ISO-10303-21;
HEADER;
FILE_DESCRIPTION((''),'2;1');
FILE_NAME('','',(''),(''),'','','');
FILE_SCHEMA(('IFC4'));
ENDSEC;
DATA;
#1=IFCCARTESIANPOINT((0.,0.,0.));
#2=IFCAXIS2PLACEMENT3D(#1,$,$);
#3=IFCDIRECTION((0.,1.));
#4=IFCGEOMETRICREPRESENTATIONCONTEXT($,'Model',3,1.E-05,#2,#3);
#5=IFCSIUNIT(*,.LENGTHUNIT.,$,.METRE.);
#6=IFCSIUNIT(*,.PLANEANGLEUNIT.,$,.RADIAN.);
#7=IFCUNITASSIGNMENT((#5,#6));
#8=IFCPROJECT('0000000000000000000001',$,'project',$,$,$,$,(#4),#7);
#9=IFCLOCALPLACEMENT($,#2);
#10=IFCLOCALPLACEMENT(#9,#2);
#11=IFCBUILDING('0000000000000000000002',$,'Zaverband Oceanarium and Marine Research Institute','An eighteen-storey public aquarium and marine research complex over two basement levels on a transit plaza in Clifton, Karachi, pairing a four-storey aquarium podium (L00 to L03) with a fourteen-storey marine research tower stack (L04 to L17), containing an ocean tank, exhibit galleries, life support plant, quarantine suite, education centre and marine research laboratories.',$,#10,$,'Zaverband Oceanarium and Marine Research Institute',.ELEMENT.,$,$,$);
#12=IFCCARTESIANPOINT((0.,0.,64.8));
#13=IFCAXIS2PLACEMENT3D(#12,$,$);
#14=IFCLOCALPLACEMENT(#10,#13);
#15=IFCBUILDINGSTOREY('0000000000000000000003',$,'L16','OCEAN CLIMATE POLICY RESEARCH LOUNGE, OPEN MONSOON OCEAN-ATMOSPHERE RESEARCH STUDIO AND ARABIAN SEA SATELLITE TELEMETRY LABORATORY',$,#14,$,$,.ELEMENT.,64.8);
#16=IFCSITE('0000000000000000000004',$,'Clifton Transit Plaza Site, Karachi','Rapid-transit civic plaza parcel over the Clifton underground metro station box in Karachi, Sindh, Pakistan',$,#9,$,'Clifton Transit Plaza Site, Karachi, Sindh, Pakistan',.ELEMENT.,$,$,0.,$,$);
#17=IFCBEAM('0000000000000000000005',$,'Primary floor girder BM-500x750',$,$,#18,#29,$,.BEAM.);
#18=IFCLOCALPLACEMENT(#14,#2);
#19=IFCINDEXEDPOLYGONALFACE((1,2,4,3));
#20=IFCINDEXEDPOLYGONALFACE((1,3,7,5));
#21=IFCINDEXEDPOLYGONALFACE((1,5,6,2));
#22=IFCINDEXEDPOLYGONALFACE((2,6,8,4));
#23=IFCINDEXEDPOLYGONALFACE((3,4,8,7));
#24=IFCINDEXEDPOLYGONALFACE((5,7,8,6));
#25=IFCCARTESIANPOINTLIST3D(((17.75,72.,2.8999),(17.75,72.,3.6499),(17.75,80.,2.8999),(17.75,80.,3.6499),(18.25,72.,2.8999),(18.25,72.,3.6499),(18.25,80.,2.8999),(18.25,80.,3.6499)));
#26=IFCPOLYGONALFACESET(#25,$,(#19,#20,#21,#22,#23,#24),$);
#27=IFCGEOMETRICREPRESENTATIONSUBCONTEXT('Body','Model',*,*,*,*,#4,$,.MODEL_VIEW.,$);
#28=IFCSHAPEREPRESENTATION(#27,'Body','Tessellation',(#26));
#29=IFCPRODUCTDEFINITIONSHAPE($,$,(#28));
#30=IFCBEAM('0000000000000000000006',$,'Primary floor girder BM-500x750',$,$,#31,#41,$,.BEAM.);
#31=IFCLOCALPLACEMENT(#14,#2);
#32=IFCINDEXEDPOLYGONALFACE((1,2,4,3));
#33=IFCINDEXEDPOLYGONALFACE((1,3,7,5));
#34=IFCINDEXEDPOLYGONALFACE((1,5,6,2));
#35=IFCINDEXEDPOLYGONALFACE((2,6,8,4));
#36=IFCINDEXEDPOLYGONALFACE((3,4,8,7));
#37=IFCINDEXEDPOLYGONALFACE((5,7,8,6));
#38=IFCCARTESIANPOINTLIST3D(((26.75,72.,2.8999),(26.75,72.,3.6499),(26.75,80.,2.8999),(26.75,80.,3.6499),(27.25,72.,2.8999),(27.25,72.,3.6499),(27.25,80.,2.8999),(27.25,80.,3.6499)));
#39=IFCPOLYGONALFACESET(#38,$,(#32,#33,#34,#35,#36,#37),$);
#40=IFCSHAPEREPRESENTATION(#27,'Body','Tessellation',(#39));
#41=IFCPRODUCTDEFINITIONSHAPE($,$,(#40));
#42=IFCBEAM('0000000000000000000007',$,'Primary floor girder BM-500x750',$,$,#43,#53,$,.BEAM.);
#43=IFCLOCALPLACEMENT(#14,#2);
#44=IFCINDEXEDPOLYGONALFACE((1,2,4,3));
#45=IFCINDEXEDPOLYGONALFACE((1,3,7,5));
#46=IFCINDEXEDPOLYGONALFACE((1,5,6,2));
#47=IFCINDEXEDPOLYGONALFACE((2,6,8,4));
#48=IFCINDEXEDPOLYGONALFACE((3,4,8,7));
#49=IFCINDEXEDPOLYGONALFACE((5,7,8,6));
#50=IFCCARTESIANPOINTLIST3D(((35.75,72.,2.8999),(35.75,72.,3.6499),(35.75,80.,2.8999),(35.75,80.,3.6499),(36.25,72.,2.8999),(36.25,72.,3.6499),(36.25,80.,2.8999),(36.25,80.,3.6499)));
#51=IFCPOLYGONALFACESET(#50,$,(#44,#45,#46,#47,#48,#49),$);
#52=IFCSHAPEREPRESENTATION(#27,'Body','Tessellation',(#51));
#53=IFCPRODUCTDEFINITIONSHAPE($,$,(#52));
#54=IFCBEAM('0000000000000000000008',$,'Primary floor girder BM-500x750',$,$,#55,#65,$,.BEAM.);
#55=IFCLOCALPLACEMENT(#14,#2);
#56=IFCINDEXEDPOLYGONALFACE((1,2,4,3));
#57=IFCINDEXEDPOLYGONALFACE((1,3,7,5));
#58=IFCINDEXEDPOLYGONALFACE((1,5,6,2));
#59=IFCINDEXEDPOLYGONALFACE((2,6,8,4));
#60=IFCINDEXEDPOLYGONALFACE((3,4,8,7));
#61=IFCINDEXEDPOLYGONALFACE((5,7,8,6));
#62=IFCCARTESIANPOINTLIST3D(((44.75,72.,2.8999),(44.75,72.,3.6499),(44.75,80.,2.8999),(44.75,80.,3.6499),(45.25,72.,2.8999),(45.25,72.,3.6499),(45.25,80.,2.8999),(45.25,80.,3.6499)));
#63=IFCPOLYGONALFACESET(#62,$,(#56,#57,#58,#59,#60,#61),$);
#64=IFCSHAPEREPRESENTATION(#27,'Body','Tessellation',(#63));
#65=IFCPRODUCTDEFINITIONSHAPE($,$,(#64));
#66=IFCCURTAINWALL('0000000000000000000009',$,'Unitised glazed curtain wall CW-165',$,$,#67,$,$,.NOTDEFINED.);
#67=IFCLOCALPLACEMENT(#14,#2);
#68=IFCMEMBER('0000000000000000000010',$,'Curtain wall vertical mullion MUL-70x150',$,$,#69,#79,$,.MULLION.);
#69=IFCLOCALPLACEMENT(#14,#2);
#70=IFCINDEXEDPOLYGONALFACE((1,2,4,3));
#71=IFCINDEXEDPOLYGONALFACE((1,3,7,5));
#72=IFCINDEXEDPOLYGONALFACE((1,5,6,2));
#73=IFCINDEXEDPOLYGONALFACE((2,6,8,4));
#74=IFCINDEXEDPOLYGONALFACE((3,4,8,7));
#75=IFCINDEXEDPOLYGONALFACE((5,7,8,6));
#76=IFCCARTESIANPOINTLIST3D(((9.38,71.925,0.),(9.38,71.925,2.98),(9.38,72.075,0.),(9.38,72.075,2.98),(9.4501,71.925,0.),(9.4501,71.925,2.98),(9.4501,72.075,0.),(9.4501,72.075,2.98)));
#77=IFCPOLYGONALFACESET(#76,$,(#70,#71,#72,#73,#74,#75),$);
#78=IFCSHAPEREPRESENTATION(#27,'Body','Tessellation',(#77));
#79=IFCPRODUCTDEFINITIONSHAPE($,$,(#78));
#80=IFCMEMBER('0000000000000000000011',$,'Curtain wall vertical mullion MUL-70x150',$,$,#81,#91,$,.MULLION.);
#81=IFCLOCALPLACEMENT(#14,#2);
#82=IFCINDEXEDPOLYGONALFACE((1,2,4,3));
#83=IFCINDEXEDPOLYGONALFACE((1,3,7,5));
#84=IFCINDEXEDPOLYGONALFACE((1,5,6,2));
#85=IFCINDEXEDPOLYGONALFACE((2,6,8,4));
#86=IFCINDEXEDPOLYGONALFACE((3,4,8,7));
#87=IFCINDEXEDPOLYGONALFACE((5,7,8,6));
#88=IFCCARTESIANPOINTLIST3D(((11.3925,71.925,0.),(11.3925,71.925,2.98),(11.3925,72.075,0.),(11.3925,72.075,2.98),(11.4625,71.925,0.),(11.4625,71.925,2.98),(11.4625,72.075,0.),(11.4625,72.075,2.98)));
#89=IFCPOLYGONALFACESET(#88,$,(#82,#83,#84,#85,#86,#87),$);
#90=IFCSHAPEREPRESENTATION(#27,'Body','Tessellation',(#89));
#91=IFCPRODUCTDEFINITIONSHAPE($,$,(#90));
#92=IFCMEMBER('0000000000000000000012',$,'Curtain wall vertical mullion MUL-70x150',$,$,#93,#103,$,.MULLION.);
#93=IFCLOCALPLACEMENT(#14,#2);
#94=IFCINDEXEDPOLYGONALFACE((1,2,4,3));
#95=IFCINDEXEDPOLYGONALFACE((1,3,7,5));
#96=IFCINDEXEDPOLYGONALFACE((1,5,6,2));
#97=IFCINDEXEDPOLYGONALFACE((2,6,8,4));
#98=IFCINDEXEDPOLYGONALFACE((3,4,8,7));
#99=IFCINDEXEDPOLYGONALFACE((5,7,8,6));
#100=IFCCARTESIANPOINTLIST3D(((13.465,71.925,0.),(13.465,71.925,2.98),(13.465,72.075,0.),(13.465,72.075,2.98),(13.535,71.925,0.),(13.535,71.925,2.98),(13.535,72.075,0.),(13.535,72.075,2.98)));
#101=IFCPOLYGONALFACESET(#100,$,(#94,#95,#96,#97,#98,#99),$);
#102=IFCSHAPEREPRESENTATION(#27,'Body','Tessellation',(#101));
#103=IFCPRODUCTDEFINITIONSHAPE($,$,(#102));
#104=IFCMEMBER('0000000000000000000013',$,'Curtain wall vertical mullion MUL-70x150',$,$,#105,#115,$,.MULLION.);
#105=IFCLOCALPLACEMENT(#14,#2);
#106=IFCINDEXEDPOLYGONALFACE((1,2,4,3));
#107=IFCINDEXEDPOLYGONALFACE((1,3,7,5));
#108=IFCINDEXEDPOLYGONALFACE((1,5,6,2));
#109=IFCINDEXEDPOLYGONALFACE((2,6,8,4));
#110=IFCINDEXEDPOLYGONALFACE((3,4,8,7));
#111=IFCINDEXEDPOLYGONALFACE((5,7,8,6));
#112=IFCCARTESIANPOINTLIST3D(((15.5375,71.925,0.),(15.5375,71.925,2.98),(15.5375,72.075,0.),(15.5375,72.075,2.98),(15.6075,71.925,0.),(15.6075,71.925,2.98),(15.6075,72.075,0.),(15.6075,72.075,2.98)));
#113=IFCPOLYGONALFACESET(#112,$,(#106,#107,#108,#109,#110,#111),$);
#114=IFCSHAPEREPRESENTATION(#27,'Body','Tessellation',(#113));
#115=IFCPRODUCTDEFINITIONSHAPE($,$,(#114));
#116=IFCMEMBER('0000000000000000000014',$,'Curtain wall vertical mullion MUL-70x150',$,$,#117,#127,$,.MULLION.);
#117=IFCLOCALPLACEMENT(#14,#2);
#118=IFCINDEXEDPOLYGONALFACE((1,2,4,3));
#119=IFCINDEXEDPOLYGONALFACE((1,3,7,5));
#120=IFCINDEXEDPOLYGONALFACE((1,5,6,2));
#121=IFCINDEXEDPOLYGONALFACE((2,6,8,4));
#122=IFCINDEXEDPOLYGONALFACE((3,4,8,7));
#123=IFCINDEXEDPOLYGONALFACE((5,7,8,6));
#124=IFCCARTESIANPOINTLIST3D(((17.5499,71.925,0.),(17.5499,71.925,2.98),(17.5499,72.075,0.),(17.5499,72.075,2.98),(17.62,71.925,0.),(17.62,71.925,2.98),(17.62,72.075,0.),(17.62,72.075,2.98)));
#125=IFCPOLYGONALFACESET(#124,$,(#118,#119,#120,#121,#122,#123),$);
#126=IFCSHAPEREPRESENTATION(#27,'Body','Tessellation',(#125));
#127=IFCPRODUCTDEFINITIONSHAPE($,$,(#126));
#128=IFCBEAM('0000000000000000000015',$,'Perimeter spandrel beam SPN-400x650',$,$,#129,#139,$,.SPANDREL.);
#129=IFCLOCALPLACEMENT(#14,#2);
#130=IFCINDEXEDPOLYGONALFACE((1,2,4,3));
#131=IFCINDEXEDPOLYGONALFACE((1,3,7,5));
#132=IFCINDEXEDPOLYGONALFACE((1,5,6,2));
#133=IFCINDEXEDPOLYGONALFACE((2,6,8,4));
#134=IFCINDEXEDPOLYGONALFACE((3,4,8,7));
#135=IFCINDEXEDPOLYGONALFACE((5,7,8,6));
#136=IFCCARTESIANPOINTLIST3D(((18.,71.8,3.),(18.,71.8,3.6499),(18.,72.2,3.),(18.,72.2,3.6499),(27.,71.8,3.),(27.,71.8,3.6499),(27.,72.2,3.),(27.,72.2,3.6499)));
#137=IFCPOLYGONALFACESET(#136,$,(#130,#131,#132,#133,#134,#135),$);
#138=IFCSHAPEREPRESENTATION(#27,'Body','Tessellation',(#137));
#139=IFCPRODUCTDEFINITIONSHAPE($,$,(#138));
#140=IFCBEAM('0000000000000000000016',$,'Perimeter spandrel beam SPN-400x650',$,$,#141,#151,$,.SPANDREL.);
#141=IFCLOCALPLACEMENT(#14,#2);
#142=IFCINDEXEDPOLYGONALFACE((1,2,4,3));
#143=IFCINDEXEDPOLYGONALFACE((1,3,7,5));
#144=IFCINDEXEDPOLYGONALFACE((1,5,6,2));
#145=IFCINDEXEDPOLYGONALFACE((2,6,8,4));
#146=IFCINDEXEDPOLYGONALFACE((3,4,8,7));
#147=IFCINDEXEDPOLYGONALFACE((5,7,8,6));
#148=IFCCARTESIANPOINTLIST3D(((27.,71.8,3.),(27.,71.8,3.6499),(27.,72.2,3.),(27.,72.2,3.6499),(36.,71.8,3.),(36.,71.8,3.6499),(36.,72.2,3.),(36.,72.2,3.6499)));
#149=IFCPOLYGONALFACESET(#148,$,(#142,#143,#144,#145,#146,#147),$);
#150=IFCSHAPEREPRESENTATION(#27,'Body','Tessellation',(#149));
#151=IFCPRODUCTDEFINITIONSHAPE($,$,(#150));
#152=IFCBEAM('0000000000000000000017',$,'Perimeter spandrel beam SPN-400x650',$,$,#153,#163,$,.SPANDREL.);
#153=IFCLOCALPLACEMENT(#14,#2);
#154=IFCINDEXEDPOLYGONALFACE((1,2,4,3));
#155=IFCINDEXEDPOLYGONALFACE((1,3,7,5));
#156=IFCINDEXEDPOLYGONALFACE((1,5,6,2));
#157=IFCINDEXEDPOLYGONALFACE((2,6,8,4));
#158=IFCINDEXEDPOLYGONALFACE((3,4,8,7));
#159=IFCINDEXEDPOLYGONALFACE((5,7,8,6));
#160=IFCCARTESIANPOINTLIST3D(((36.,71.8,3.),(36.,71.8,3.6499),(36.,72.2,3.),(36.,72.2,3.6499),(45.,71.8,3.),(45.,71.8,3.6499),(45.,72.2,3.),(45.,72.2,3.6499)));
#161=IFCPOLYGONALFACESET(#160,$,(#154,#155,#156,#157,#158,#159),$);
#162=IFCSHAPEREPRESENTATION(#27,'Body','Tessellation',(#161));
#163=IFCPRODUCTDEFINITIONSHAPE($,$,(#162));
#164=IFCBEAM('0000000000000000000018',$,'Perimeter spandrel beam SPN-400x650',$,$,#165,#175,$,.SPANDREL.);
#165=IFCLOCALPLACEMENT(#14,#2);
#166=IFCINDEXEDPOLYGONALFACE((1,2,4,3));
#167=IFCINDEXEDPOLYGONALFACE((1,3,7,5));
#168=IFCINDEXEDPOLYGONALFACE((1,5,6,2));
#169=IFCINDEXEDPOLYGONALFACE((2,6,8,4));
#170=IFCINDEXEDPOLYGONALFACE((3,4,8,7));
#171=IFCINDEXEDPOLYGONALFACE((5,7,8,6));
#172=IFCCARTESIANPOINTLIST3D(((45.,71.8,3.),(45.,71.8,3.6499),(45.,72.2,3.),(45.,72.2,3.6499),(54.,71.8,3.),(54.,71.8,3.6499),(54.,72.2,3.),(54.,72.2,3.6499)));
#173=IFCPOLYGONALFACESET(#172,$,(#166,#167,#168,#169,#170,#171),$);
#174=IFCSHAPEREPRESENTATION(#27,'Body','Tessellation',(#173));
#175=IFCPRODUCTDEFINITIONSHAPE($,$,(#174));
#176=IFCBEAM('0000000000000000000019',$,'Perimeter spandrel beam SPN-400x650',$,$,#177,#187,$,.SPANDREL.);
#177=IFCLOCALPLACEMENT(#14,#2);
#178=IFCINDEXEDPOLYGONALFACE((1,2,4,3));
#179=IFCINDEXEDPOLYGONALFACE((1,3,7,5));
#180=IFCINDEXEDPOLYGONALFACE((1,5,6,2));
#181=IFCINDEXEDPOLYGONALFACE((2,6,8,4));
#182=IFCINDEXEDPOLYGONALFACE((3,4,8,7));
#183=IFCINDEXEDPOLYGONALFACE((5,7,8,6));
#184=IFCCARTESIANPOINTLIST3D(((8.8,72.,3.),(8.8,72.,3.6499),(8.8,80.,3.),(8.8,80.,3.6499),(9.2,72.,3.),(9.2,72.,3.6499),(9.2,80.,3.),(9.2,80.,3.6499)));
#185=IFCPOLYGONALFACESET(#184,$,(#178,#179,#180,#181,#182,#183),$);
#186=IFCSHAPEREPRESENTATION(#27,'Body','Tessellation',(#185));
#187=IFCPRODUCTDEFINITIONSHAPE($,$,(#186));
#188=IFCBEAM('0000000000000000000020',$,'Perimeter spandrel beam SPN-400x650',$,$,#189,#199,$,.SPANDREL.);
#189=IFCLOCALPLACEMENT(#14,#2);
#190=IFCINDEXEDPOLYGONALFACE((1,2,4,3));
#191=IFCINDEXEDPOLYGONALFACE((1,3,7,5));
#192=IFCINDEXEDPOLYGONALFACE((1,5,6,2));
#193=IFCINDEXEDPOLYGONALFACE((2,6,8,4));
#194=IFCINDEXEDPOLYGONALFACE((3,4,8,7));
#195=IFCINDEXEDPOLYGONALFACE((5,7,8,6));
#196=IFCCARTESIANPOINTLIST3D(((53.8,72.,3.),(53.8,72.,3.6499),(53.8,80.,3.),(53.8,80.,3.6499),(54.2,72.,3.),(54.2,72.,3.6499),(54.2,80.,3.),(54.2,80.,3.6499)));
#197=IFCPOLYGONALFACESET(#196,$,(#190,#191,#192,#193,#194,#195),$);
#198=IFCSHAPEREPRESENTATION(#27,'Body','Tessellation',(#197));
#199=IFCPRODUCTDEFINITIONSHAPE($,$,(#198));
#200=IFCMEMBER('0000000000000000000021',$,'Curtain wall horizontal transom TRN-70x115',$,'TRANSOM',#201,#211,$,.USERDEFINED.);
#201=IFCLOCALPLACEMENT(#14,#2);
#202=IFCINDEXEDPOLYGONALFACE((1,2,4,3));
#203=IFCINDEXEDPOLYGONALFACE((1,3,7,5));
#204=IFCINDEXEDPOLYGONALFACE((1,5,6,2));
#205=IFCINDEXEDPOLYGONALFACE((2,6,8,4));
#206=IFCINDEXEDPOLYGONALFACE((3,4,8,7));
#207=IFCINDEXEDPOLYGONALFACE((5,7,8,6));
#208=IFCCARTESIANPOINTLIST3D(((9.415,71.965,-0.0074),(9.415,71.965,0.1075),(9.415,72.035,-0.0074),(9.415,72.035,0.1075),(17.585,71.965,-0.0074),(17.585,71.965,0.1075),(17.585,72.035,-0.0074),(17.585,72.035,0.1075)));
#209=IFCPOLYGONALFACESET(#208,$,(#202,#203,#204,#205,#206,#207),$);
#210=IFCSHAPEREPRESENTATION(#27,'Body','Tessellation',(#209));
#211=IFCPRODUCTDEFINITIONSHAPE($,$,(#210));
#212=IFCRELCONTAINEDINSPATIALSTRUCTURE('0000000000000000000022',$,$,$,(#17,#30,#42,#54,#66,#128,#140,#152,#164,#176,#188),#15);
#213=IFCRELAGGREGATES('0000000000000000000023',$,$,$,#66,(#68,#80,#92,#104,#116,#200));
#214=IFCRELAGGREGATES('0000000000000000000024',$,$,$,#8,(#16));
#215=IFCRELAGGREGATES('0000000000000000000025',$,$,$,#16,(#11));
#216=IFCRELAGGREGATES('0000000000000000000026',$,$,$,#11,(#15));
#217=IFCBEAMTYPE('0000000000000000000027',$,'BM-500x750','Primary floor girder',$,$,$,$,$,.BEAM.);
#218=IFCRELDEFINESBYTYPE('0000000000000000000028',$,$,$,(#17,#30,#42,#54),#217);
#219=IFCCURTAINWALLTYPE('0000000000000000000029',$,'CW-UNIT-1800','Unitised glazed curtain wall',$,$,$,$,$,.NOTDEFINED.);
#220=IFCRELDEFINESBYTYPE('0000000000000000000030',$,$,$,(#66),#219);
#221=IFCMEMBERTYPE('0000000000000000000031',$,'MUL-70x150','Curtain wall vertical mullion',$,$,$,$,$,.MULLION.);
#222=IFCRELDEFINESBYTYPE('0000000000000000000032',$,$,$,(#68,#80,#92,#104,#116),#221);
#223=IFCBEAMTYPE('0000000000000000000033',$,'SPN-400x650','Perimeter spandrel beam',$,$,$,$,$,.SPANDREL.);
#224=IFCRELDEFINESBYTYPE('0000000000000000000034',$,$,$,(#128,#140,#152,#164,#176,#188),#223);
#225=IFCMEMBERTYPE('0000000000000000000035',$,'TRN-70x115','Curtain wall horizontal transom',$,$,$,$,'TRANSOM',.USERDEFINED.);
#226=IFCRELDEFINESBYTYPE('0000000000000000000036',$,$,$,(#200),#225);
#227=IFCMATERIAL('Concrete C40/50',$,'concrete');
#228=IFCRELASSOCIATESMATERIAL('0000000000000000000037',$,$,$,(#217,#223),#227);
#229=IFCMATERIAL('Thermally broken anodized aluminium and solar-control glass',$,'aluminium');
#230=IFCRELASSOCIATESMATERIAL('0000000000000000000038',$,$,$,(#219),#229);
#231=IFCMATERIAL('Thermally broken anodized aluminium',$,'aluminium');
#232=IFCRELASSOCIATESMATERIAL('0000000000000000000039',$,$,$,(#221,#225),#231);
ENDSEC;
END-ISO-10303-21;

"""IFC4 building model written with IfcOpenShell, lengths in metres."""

from ifc_helpers import new_model, si_unit, direction, frame, origin, origin_2d, place, context, subcontext, project, spatial, rectangle, extrude, material, material_profile, profile_set, type_object, element, aggregate, save


model = new_model("IFC4")

# Units and contexts
model_context = context("Model", 3, precision=1e-05, world=origin(), true_north=direction((0.0, 1.0)))
body_context = subcontext(model_context, "Body", "Model", "MODEL_VIEW")
ifc_project = project(units=[si_unit("LENGTHUNIT", "METRE"), si_unit("PLANEANGLEUNIT", "RADIAN")], contexts=[model_context])

# Site, building, storey
site_placement = place(None, origin())
site = spatial("IfcSite", under=ifc_project, at=site_placement, Name="Clifton Transit Plaza Site, Karachi", Description="Rapid-transit civic plaza parcel over the Clifton underground metro station box in Karachi, Sindh, Pakistan", LongName="Clifton Transit Plaza Site, Karachi, Sindh, Pakistan", CompositionType="ELEMENT", RefElevation=0.0)
building_placement = place(site_placement, origin())
building = spatial("IfcBuilding", under=site, at=building_placement, Name="Zaverband Oceanarium and Marine Research Institute", Description="An eighteen-storey public aquarium and marine research complex over two basement levels on a transit plaza in Clifton, Karachi, pairing a four-storey aquarium podium (L00 to L03) with a fourteen-storey marine research tower stack (L04 to L17), containing an ocean tank, exhibit galleries, life support plant, quarantine suite, education centre and marine research laboratories.", LongName="Zaverband Oceanarium and Marine Research Institute", CompositionType="ELEMENT")
storey_placement = place(building_placement, frame((0.0, 0.0, 64.8)))
storey = spatial("IfcBuildingStorey", under=building, at=storey_placement, Name="L16", Description="OCEAN CLIMATE POLICY RESEARCH LOUNGE, OPEN MONSOON OCEAN-ATMOSPHERE RESEARCH STUDIO AND ARABIAN SEA SATELLITE TELEMETRY LABORATORY", CompositionType="ELEMENT", Elevation=64.8)

# Beams
ifc_material_1 = material(Name="Concrete C40/50", Category="concrete")
ifc_material_profile_1 = material_profile(ifc_material_1, rectangle(XDim=0.5, YDim=0.75, at=origin_2d()), Name="RC500x750")
ifc_profile_set_1 = profile_set([ifc_material_profile_1], Name="Concrete C40/50")
beam_type_1 = type_object("IfcBeamType", Name="BM-500x750", Description="Primary floor girder", PredefinedType="BEAM", material=ifc_profile_set_1)
for number, where, z_axis, x_axis, name in (
    (1, (18.0, 72.0, 3.2749), (0.0, 1.0, 0.0), (-1.0, 0.0, 0.0), "Primary floor girder BM-500x750"),
    (2, (27.0, 72.0, 3.2749), (0.0, 1.0, 0.0), (-1.0, 0.0, 0.0), "Primary floor girder BM-500x750"),
    (3, (36.0, 72.0, 3.2749), (0.0, 1.0, 0.0), (-1.0, 0.0, 0.0), "Primary floor girder BM-500x750"),
    (4, (45.0, 72.0, 3.2749), (0.0, 1.0, 0.0), (-1.0, 0.0, 0.0), "Primary floor girder BM-500x750"),
):
    element("IfcBeam", number, at=place(storey_placement, frame(where, z_axis=z_axis, x_axis=x_axis)), inside=storey, type_object=beam_type_1, Name=name, PredefinedType="BEAM", context=body_context, shape_type="SweptSolid", body=[
        extrude(rectangle(XDim=0.5, YDim=0.75, at=origin_2d()), origin(), (0.0, 0.0, 1.0), 8.0),
    ])

# Curtain wall, members
ifc_material_2 = material(Name="Thermally broken anodized aluminium and solar-control glass", Category="aluminium")
curtain_wall_type = type_object("IfcCurtainWallType", Name="CW-UNIT-1800", Description="Unitised glazed curtain wall", PredefinedType="NOTDEFINED", material=ifc_material_2)
curtain_wall_placement = place(storey_placement, origin())
curtain_wall = element("IfcCurtainWall", 5, at=curtain_wall_placement, inside=storey, type_object=curtain_wall_type, Name="Unitised glazed curtain wall CW-165", PredefinedType="NOTDEFINED")
ifc_material_3 = material(Name="Thermally broken anodized aluminium", Category="aluminium")
ifc_material_profile_2 = material_profile(ifc_material_3, rectangle(XDim=0.0701, YDim=0.1499, at=origin_2d()), Name="AL-MUL-70x150")
ifc_profile_set_2 = profile_set([ifc_material_profile_2], Name="Thermally broken anodized aluminium")
member_type_1 = type_object("IfcMemberType", Name="MUL-70x150", Description="Curtain wall vertical mullion", PredefinedType="MULLION", material=ifc_profile_set_2)
member_1_placement = place(storey_placement, frame((9.415, 72.0, 0.0), z_axis=(0.0, 0.0, 1.0), x_axis=(1.0, 0.0, 0.0)))
member_1 = element("IfcMember", 6, at=member_1_placement, type_object=member_type_1, Name="Curtain wall vertical mullion MUL-70x150", PredefinedType="MULLION", context=body_context, shape_type="SweptSolid", body=[
    extrude(rectangle(XDim=0.0701, YDim=0.1499, at=origin_2d()), origin(), (0.0, 0.0, 1.0), 2.98),
])
member_2_placement = place(storey_placement, frame((11.4275, 72.0, 0.0), z_axis=(0.0, 0.0, 1.0), x_axis=(1.0, 0.0, 0.0)))
member_2 = element("IfcMember", 7, at=member_2_placement, type_object=member_type_1, Name="Curtain wall vertical mullion MUL-70x150", PredefinedType="MULLION", context=body_context, shape_type="SweptSolid", body=[
    extrude(rectangle(XDim=0.0701, YDim=0.1499, at=origin_2d()), origin(), (0.0, 0.0, 1.0), 2.98),
])
member_3_placement = place(storey_placement, frame((13.5, 72.0, 0.0), z_axis=(0.0, 0.0, 1.0), x_axis=(1.0, 0.0, 0.0)))
member_3 = element("IfcMember", 8, at=member_3_placement, type_object=member_type_1, Name="Curtain wall vertical mullion MUL-70x150", PredefinedType="MULLION", context=body_context, shape_type="SweptSolid", body=[
    extrude(rectangle(XDim=0.0701, YDim=0.1499, at=origin_2d()), origin(), (0.0, 0.0, 1.0), 2.98),
])
member_4_placement = place(storey_placement, frame((15.5725, 72.0, 0.0), z_axis=(0.0, 0.0, 1.0), x_axis=(1.0, 0.0, 0.0)))
member_4 = element("IfcMember", 9, at=member_4_placement, type_object=member_type_1, Name="Curtain wall vertical mullion MUL-70x150", PredefinedType="MULLION", context=body_context, shape_type="SweptSolid", body=[
    extrude(rectangle(XDim=0.0701, YDim=0.1499, at=origin_2d()), origin(), (0.0, 0.0, 1.0), 2.98),
])
member_5_placement = place(storey_placement, frame((17.585, 72.0, 0.0), z_axis=(0.0, 0.0, 1.0), x_axis=(1.0, 0.0, 0.0)))
member_5 = element("IfcMember", 10, at=member_5_placement, type_object=member_type_1, Name="Curtain wall vertical mullion MUL-70x150", PredefinedType="MULLION", context=body_context, shape_type="SweptSolid", body=[
    extrude(rectangle(XDim=0.0701, YDim=0.1499, at=origin_2d()), origin(), (0.0, 0.0, 1.0), 2.98),
])

# Beams
ifc_material_profile_3 = material_profile(ifc_material_1, rectangle(XDim=0.3999, YDim=0.6499, at=origin_2d()), Name="RC400x650")
ifc_profile_set_3 = profile_set([ifc_material_profile_3], Name="Concrete C40/50")
beam_type_2 = type_object("IfcBeamType", Name="SPN-400x650", Description="Perimeter spandrel beam", PredefinedType="SPANDREL", material=ifc_profile_set_3)
for number, where, z_axis, x_axis, name in (
    (11, (18.0, 72.0, 3.325), (1.0, 0.0, 0.0), (0.0, 1.0, 0.0), "Perimeter spandrel beam SPN-400x650"),
    (12, (27.0, 72.0, 3.325), (1.0, 0.0, 0.0), (0.0, 1.0, 0.0), "Perimeter spandrel beam SPN-400x650"),
    (13, (36.0, 72.0, 3.325), (1.0, 0.0, 0.0), (0.0, 1.0, 0.0), "Perimeter spandrel beam SPN-400x650"),
    (14, (45.0, 72.0, 3.325), (1.0, 0.0, 0.0), (0.0, 1.0, 0.0), "Perimeter spandrel beam SPN-400x650"),
):
    element("IfcBeam", number, at=place(storey_placement, frame(where, z_axis=z_axis, x_axis=x_axis)), inside=storey, type_object=beam_type_2, Name=name, PredefinedType="SPANDREL", context=body_context, shape_type="SweptSolid", body=[
        extrude(rectangle(XDim=0.3999, YDim=0.6499, at=origin_2d()), origin(), (0.0, 0.0, 1.0), 9.0),
    ])
for number, where, z_axis, x_axis, name in (
    (15, (9.0, 72.0, 3.325), (0.0, 1.0, 0.0), (-1.0, 0.0, 0.0), "Perimeter spandrel beam SPN-400x650"),
    (16, (54.0, 72.0, 3.325), (0.0, 1.0, 0.0), (-1.0, 0.0, 0.0), "Perimeter spandrel beam SPN-400x650"),
):
    element("IfcBeam", number, at=place(storey_placement, frame(where, z_axis=z_axis, x_axis=x_axis)), inside=storey, type_object=beam_type_2, Name=name, PredefinedType="SPANDREL", context=body_context, shape_type="SweptSolid", body=[
        extrude(rectangle(XDim=0.3999, YDim=0.6499, at=origin_2d()), origin(), (0.0, 0.0, 1.0), 8.0),
    ])

# Member
ifc_material_profile_4 = material_profile(ifc_material_3, rectangle(XDim=0.0701, YDim=0.115, at=origin_2d()), Name="AL-TRN-70x115")
ifc_profile_set_4 = profile_set([ifc_material_profile_4], Name="Thermally broken anodized aluminium")
member_type_2 = type_object("IfcMemberType", Name="TRN-70x115", Description="Curtain wall horizontal transom", ElementType="TRANSOM", PredefinedType="USERDEFINED", material=ifc_profile_set_4)
member_6_placement = place(storey_placement, frame((9.415, 72.0, 0.05), z_axis=(1.0, 0.0, 0.0), x_axis=(0.0, 1.0, 0.0)))
member_6 = element("IfcMember", 17, at=member_6_placement, type_object=member_type_2, Name="Curtain wall horizontal transom TRN-70x115", ObjectType="TRANSOM", PredefinedType="USERDEFINED", context=body_context, shape_type="SweptSolid", body=[
    extrude(rectangle(XDim=0.0701, YDim=0.115, at=origin_2d()), origin(), (0.0, 0.0, 1.0), 8.1699),
])

aggregate(curtain_wall, [member_1, member_2, member_3, member_4, member_5, member_6])

save(model, "model.ifc")
